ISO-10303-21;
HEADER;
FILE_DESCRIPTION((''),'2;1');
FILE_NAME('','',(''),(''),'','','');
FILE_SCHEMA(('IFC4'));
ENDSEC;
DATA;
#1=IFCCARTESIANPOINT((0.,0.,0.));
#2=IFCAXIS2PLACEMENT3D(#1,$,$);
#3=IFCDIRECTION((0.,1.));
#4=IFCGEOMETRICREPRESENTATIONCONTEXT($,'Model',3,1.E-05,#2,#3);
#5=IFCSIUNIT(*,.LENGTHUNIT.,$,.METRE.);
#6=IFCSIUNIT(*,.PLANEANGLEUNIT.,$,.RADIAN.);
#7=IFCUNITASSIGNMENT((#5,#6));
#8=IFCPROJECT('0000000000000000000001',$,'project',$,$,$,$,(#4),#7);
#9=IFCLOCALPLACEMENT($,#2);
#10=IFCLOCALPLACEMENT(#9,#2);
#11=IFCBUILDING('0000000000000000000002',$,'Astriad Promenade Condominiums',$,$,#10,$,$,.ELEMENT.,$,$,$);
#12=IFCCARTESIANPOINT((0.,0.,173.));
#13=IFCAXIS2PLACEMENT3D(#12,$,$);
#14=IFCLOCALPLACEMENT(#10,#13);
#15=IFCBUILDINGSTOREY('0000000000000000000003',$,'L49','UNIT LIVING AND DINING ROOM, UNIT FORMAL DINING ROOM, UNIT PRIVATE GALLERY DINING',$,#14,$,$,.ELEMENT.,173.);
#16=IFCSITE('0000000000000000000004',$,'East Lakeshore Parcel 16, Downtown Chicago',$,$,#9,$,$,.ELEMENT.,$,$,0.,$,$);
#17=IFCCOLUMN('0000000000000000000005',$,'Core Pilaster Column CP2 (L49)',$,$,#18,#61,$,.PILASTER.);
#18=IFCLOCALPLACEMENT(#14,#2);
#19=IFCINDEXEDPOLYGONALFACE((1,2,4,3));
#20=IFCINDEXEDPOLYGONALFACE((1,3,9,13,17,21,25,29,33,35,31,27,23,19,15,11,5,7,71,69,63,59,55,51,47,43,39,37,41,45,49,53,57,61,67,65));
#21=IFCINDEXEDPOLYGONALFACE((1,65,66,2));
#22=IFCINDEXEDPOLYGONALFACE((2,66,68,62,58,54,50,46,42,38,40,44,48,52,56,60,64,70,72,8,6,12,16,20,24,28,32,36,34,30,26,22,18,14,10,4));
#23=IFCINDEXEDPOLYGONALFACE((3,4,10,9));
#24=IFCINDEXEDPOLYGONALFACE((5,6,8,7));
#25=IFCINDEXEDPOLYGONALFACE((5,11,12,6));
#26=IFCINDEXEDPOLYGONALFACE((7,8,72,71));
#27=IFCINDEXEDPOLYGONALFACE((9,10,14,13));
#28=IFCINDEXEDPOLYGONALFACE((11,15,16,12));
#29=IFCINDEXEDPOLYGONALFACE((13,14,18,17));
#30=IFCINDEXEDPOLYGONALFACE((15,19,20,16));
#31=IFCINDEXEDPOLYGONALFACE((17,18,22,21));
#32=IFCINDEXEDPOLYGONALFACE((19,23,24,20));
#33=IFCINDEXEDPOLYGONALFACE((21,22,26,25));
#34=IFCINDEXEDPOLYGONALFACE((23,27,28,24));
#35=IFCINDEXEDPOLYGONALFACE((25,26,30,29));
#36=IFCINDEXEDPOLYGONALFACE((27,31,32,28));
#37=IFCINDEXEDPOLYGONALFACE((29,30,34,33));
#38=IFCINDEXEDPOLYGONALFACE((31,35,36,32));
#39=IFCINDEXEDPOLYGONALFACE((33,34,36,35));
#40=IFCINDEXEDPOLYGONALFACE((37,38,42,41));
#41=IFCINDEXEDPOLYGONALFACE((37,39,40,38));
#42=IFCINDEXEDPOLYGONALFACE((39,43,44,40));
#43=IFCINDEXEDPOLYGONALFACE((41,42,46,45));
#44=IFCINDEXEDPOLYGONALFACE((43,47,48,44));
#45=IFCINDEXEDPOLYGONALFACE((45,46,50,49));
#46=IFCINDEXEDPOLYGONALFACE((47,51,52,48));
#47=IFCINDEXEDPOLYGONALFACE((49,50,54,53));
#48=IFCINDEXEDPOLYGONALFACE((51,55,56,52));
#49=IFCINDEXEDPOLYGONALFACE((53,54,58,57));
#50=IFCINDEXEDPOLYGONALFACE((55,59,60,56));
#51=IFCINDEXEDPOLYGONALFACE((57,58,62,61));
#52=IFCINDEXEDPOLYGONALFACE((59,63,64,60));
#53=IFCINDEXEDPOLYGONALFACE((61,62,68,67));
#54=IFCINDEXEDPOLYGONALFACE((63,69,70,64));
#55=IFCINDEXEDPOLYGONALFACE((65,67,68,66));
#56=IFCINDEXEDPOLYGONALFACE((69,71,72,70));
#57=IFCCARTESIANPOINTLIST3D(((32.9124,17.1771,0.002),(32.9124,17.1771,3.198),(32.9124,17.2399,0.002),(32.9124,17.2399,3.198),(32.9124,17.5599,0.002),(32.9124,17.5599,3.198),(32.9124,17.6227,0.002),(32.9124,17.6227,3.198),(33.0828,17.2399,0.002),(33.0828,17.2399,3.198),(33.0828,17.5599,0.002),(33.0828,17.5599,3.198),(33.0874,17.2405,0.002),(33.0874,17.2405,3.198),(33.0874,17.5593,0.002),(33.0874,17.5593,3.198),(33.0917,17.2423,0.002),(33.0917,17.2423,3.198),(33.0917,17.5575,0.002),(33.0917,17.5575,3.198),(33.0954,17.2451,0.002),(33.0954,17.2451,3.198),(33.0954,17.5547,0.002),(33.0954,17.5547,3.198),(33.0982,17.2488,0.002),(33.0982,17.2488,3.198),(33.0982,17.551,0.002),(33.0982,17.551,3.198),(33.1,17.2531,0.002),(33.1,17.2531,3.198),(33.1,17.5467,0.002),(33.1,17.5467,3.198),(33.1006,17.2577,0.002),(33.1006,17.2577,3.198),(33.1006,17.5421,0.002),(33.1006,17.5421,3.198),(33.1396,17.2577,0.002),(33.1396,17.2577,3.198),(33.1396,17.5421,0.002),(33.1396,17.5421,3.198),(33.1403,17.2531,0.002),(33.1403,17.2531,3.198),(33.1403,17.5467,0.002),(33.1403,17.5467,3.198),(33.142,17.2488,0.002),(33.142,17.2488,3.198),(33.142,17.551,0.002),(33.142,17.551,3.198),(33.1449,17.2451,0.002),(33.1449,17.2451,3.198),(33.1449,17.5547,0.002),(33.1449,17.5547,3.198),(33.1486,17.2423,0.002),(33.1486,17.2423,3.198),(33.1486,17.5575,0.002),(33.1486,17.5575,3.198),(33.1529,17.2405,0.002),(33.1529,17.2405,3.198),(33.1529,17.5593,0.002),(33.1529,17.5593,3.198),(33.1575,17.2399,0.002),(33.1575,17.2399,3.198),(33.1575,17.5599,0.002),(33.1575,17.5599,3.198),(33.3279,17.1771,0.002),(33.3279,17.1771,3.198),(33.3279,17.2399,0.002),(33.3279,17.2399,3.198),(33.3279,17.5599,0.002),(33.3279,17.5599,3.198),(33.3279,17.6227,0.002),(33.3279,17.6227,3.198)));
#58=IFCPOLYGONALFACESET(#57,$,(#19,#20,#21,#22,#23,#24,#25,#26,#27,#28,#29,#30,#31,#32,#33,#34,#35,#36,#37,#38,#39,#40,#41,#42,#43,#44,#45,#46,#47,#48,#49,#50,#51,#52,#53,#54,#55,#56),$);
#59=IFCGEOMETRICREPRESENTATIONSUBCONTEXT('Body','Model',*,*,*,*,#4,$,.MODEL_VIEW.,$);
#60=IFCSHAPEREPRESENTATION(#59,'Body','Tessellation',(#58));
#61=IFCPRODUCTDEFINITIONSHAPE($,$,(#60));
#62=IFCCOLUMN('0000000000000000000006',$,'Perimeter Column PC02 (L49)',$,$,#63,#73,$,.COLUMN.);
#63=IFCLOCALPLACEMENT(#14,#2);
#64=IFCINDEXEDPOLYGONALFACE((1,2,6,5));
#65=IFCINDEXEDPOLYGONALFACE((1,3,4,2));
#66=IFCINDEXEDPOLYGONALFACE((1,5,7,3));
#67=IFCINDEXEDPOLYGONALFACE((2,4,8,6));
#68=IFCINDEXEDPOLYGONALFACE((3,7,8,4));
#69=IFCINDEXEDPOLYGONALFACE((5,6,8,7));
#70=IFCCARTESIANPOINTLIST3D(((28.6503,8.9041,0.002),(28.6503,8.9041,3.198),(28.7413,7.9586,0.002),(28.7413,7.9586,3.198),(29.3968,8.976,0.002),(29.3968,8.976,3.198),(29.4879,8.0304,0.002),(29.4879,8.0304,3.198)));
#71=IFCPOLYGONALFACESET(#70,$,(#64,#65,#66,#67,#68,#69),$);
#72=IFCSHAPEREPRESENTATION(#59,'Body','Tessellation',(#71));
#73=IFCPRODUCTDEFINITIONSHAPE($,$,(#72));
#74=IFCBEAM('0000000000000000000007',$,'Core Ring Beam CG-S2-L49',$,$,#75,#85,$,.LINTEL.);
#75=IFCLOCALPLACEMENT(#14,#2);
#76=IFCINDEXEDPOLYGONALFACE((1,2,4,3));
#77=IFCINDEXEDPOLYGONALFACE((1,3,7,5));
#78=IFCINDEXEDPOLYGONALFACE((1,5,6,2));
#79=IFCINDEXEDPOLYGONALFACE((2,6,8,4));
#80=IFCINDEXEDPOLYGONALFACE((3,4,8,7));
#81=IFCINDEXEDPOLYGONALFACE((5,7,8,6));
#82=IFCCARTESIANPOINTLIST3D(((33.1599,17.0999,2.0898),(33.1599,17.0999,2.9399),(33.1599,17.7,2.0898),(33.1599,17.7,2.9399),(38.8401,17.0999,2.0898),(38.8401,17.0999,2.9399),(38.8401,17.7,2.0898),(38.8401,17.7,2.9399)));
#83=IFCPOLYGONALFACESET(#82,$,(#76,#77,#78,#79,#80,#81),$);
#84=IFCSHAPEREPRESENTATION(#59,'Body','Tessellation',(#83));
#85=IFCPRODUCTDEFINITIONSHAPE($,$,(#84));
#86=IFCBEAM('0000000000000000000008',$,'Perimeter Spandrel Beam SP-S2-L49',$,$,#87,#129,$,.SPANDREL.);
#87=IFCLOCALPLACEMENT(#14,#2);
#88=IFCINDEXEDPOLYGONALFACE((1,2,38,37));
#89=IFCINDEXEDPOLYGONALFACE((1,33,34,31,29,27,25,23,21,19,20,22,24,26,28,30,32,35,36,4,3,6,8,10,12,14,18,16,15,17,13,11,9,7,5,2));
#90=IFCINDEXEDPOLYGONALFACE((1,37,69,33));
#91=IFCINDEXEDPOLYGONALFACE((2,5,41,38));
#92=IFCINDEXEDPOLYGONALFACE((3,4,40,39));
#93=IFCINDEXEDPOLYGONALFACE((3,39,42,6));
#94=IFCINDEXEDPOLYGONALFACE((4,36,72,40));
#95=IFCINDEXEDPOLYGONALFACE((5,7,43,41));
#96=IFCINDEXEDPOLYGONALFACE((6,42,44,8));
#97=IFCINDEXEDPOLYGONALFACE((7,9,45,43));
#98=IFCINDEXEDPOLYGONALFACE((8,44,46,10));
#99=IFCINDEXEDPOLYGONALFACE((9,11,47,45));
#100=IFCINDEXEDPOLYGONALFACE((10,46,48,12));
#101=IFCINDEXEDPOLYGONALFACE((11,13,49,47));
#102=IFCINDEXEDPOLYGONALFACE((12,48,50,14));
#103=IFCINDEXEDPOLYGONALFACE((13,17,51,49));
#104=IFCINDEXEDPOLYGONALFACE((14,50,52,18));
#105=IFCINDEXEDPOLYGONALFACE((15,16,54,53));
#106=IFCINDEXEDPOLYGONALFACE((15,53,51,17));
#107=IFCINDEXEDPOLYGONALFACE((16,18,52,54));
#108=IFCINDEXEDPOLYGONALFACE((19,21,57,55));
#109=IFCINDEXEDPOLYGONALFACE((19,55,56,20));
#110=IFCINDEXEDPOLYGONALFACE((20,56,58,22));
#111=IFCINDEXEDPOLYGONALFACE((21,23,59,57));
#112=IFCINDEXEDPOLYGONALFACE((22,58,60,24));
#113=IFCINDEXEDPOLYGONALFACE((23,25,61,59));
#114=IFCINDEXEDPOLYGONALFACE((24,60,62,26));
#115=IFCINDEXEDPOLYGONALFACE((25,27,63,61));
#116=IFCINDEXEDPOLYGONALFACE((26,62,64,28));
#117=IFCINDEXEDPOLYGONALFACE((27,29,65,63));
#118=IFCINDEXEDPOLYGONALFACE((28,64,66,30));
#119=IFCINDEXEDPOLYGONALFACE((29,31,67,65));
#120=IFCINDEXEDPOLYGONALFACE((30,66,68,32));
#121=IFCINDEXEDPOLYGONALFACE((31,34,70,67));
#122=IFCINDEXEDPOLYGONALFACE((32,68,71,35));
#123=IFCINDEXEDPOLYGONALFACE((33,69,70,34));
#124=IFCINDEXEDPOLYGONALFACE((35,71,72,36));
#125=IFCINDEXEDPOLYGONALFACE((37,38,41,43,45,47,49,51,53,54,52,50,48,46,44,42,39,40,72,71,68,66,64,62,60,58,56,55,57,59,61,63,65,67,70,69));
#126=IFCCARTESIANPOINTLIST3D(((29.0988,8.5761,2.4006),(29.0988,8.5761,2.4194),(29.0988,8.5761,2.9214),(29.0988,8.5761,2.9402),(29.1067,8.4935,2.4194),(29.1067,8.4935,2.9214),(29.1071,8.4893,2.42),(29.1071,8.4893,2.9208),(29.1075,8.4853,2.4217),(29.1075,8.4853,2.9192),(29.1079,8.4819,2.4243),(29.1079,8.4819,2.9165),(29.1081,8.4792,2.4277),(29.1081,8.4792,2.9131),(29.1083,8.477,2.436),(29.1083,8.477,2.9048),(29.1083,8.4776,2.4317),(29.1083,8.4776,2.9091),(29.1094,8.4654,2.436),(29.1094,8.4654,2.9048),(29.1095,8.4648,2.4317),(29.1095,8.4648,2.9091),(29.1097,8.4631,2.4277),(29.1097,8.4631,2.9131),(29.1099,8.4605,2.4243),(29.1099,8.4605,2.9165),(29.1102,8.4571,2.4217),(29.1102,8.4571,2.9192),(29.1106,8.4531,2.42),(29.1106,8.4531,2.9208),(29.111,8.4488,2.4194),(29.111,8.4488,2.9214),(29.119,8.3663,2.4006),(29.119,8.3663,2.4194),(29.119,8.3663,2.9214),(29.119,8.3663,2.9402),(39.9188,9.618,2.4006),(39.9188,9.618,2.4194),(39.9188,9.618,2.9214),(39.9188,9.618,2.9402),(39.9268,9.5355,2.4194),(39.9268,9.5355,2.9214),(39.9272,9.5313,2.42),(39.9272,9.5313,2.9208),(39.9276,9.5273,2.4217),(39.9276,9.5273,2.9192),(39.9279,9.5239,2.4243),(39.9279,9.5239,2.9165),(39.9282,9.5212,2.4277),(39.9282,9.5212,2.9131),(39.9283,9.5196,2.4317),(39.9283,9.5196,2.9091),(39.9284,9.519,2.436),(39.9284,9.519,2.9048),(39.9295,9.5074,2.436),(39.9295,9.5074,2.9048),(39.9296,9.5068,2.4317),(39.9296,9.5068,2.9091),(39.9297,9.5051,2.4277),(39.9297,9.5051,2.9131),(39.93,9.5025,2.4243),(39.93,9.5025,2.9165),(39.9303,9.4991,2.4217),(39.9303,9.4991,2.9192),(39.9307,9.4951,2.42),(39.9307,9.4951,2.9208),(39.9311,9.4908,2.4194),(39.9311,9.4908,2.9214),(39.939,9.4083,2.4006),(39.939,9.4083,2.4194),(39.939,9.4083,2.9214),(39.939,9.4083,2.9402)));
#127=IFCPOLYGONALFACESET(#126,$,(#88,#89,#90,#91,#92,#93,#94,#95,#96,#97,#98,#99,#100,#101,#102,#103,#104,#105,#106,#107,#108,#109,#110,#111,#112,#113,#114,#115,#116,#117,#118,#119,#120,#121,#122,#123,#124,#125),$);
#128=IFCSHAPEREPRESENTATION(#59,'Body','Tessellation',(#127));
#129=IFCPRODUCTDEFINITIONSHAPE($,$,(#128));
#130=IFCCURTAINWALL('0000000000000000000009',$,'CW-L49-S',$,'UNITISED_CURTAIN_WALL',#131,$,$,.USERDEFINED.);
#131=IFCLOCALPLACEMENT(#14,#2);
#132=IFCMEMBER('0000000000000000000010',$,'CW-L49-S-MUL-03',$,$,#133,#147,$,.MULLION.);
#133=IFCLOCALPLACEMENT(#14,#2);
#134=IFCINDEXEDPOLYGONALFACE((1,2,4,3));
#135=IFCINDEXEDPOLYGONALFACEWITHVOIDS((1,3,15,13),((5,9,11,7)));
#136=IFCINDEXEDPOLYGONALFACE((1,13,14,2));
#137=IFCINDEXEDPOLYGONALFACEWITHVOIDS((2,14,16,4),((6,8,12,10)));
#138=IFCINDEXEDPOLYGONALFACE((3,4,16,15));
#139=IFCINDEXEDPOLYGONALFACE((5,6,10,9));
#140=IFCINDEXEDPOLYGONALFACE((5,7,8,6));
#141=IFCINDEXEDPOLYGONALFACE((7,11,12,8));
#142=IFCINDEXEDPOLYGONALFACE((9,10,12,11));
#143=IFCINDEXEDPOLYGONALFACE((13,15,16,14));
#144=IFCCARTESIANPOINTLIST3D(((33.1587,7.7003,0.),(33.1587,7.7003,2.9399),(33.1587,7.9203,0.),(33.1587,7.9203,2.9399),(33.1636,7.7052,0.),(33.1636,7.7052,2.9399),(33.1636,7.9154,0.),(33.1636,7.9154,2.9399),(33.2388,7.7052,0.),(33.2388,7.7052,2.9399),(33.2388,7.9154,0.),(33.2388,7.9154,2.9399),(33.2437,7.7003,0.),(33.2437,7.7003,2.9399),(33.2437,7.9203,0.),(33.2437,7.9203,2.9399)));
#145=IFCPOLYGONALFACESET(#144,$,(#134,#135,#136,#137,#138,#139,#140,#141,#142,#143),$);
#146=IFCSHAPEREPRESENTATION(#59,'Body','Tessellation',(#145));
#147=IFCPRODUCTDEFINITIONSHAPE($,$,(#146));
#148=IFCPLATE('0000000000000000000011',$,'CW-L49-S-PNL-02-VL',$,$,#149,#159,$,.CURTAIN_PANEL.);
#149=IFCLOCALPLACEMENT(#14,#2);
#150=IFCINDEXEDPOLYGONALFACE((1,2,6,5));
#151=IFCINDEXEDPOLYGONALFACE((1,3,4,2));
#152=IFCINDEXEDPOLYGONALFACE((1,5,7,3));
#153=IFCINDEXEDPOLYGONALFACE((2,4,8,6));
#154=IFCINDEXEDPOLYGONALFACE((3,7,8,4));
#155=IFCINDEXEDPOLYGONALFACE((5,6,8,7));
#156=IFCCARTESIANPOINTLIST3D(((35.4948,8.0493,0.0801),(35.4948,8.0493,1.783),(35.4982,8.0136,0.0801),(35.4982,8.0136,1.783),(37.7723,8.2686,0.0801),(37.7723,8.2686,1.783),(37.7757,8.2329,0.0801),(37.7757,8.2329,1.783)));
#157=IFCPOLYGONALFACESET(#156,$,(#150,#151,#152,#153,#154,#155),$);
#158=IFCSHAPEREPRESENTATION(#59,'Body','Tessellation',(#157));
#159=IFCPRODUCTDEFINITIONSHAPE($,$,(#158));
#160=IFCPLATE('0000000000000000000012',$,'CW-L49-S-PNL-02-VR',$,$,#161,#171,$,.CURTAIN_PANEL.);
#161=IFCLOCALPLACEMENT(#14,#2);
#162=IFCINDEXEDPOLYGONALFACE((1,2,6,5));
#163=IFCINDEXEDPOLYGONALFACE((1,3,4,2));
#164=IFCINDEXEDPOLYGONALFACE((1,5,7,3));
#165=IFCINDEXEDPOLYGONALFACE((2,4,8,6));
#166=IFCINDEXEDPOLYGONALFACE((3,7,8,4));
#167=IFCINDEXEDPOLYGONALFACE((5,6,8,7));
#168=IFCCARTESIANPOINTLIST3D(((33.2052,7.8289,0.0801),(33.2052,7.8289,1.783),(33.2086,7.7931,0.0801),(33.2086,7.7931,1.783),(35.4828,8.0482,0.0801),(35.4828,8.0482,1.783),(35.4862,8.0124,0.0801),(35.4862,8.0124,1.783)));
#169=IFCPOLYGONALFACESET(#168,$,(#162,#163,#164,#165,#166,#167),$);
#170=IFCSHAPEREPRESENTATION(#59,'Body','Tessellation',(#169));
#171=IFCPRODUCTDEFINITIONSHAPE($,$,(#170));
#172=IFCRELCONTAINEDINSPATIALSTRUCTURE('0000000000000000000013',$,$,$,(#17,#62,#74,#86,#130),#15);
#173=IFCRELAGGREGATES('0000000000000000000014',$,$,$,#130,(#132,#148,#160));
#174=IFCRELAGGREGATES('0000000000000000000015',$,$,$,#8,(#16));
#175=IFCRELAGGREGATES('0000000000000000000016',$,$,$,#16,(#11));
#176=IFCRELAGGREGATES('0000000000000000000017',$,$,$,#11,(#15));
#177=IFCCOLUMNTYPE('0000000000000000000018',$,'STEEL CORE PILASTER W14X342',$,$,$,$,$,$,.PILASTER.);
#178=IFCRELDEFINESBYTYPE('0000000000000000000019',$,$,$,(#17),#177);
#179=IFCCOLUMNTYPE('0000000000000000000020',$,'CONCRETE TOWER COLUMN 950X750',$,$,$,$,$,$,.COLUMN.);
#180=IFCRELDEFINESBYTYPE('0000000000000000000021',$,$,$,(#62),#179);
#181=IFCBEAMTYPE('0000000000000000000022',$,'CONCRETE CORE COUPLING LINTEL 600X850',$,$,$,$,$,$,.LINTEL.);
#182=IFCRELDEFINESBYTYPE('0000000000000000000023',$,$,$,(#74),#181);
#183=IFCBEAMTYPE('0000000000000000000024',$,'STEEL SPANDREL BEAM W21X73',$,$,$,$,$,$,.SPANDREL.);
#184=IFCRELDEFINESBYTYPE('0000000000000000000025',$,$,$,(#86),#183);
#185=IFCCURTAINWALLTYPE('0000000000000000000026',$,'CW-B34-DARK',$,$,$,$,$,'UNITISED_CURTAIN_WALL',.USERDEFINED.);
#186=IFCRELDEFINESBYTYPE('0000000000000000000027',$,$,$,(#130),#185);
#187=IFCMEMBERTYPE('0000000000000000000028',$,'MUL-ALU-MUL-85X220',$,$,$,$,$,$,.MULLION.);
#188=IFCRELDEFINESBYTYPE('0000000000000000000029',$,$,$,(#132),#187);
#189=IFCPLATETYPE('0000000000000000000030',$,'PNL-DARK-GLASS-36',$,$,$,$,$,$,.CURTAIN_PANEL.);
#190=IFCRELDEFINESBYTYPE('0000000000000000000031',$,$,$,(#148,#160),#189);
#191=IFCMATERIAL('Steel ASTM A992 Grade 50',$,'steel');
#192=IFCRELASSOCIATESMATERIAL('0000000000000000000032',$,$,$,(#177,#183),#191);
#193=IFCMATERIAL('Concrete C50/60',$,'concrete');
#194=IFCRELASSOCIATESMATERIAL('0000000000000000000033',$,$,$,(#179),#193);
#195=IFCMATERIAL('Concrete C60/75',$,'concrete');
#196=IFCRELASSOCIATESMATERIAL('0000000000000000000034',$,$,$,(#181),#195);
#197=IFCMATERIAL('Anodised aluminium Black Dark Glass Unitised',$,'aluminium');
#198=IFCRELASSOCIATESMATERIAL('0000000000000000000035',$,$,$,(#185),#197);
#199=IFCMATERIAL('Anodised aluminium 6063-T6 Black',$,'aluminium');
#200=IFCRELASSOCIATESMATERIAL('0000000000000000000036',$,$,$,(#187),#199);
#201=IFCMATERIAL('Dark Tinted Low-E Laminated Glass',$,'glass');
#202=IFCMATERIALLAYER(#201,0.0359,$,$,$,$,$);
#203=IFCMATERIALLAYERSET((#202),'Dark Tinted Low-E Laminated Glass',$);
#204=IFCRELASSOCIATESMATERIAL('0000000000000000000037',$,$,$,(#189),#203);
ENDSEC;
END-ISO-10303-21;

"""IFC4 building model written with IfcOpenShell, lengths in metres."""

from ifc_helpers import new_model, si_unit, direction, frame, origin, origin_2d, place, context, subcontext, project, spatial, rectangle, hollow_rectangle, i_section, extrude, source, transform, mapped, material, layer, layer_set, material_profile, profile_set, type_object, type_shapes, element, aggregate, save


model = new_model("IFC4")

# Units and contexts
model_context = context("Model", 3, precision=1e-05, world=origin(), true_north=direction((0.0, 1.0)))
body_context = subcontext(model_context, "Body", "Model", "MODEL_VIEW")
ifc_project = project(units=[si_unit("LENGTHUNIT", "METRE"), si_unit("PLANEANGLEUNIT", "RADIAN")], contexts=[model_context])

# Site, building, storey
site_placement = place(None, origin())
site = spatial("IfcSite", under=ifc_project, at=site_placement, Name="East Lakeshore Parcel 16, Downtown Chicago", CompositionType="ELEMENT", RefElevation=0.0)
building_placement = place(site_placement, origin())
building = spatial("IfcBuilding", under=site, at=building_placement, Name="Astriad Promenade Condominiums", CompositionType="ELEMENT")
storey_placement = place(building_placement, frame((0.0, 0.0, 173.0)))
storey = spatial("IfcBuildingStorey", under=building, at=storey_placement, Name="L49", Description="UNIT LIVING AND DINING ROOM, UNIT FORMAL DINING ROOM, UNIT PRIVATE GALLERY DINING", CompositionType="ELEMENT", Elevation=173.0)

# Columns
ifc_material_1 = material(Name="Steel ASTM A992 Grade 50", Category="steel")
ifc_material_profile_1 = material_profile(ifc_material_1, i_section(OverallWidth=0.4155, OverallDepth=0.4456, WebThickness=0.0391, FlangeThickness=0.0627, FilletRadius=0.0178, at=origin_2d()), Name="W14X342")
ifc_profile_set_1 = profile_set([ifc_material_profile_1], Name="Steel ASTM A992 Grade 50")
column_type_1 = type_object("IfcColumnType", Name="STEEL CORE PILASTER W14X342", PredefinedType="PILASTER", material=ifc_profile_set_1)
shared_shape_1 = source(origin(), body_context, "Body", "SweptSolid", [
    extrude(i_section(OverallWidth=0.4155, OverallDepth=0.4456, WebThickness=0.0391, FlangeThickness=0.0627, FilletRadius=0.0178, at=origin_2d()), origin(), (0.0, 0.0, 1.0), 3.196),
])
type_shapes(column_type_1, [shared_shape_1])
column_1_placement = place(storey_placement, frame((33.1201, 17.3999, 0.002), z_axis=(0.0, 0.0, 1.0), x_axis=(1.0, 0.0, 0.0)))
element("IfcColumn", 1, at=column_1_placement, inside=storey, type_object=column_type_1, Name="Core Pilaster Column CP2 (L49)", PredefinedType="PILASTER", context=body_context, shape_type="MappedRepresentation", body=[
    mapped(shared_shape_1, transform((0.0, 0.0, 0.0), scale=1.0)),
])
ifc_material_2 = material(Name="Concrete C50/60", Category="concrete")
ifc_material_profile_2 = material_profile(ifc_material_2, rectangle(XDim=0.75, YDim=0.95, at=origin_2d()), Name="RC-COL-950X750")
ifc_profile_set_2 = profile_set([ifc_material_profile_2], Name="Concrete C50/60")
column_type_2 = type_object("IfcColumnType", Name="CONCRETE TOWER COLUMN 950X750", PredefinedType="COLUMN", material=ifc_profile_set_2)
shared_shape_2 = source(origin(), body_context, "Body", "SweptSolid", [
    extrude(rectangle(XDim=0.75, YDim=0.95, at=origin_2d()), origin(), (0.0, 0.0, 1.0), 3.196),
])
type_shapes(column_type_2, [shared_shape_2])
column_2_placement = place(storey_placement, frame((29.0691, 8.4673, 0.002), z_axis=(0.0, 0.0, 1.0), x_axis=(0.995396, 0.095846, 0.0)))
element("IfcColumn", 2, at=column_2_placement, inside=storey, type_object=column_type_2, Name="Perimeter Column PC02 (L49)", PredefinedType="COLUMN", context=body_context, shape_type="MappedRepresentation", body=[
    mapped(shared_shape_2, transform((0.0, 0.0, 0.0), scale=1.0)),
])

# Beams
ifc_material_3 = material(Name="Concrete C60/75", Category="concrete")
ifc_material_profile_3 = material_profile(ifc_material_3, rectangle(XDim=0.6001, YDim=0.8501, at=origin_2d()), Name="RC-BM-600X850")
ifc_profile_set_3 = profile_set([ifc_material_profile_3], Name="Concrete C60/75")
beam_type_1 = type_object("IfcBeamType", Name="CONCRETE CORE COUPLING LINTEL 600X850", PredefinedType="LINTEL", material=ifc_profile_set_3)
shared_shape_3 = source(origin(), body_context, "Body", "SweptSolid", [
    extrude(rectangle(XDim=0.6001, YDim=0.8501, at=origin_2d()), origin(), (0.0, 0.0, 1.0), 5.6802),
])
type_shapes(beam_type_1, [shared_shape_3])
beam_1_placement = place(storey_placement, frame((33.1599, 17.3999, 2.5149), z_axis=(1.0, 0.0, 0.0), x_axis=(0.0, 1.0, 0.0)))
element("IfcBeam", 3, at=beam_1_placement, inside=storey, type_object=beam_type_1, Name="Core Ring Beam CG-S2-L49", PredefinedType="LINTEL", context=body_context, shape_type="MappedRepresentation", body=[
    mapped(shared_shape_3, transform((0.0, 0.0, 0.0), scale=1.0)),
])
ifc_material_profile_4 = material_profile(ifc_material_1, i_section(OverallWidth=0.2107, OverallDepth=0.5396, WebThickness=0.0117, FlangeThickness=0.0188, FilletRadius=0.0166, at=origin_2d()), Name="W21X73")
ifc_profile_set_4 = profile_set([ifc_material_profile_4], Name="Steel ASTM A992 Grade 50")
beam_type_2 = type_object("IfcBeamType", Name="STEEL SPANDREL BEAM W21X73", PredefinedType="SPANDREL", material=ifc_profile_set_4)
shared_shape_4 = source(origin(), body_context, "Body", "SweptSolid", [
    extrude(i_section(OverallWidth=0.2107, OverallDepth=0.5396, WebThickness=0.0117, FlangeThickness=0.0188, FilletRadius=0.0166, at=origin_2d()), origin(), (0.0, 0.0, 1.0), 10.8701),
])
type_shapes(beam_type_2, [shared_shape_4])
beam_2_placement = place(storey_placement, frame((29.1089, 8.4712, 2.6704), z_axis=(0.995395, 0.095858, 0.0), x_axis=(-0.095858, 0.995395, 0.0)))
element("IfcBeam", 4, at=beam_2_placement, inside=storey, type_object=beam_type_2, Name="Perimeter Spandrel Beam SP-S2-L49", PredefinedType="SPANDREL", context=body_context, shape_type="MappedRepresentation", body=[
    mapped(shared_shape_4, transform((0.0, 0.0, 0.0), scale=1.0)),
])

# Curtain wall, member, plates
ifc_material_4 = material(Name="Anodised aluminium Black Dark Glass Unitised", Category="aluminium")
curtain_wall_type = type_object("IfcCurtainWallType", Name="CW-B34-DARK", ElementType="UNITISED_CURTAIN_WALL", PredefinedType="USERDEFINED", material=ifc_material_4)
curtain_wall_placement = place(storey_placement, origin())
curtain_wall = element("IfcCurtainWall", 5, at=curtain_wall_placement, inside=storey, type_object=curtain_wall_type, Name="CW-L49-S", ObjectType="UNITISED_CURTAIN_WALL", PredefinedType="USERDEFINED")
ifc_material_5 = material(Name="Anodised aluminium 6063-T6 Black", Category="aluminium")
ifc_material_profile_5 = material_profile(ifc_material_5, hollow_rectangle(XDim=0.085, YDim=0.22, WallThickness=0.0049, at=origin_2d()), Name="ALU-MUL-85X220")
ifc_profile_set_5 = profile_set([ifc_material_profile_5], Name="Anodised aluminium 6063-T6 Black")
member_type = type_object("IfcMemberType", Name="MUL-ALU-MUL-85X220", PredefinedType="MULLION", material=ifc_profile_set_5)
shared_shape_5 = source(origin(), body_context, "Body", "SweptSolid", [
    extrude(hollow_rectangle(XDim=0.085, YDim=0.22, WallThickness=0.0049, at=origin_2d()), origin(), (0.0, 0.0, 1.0), 2.9399),
])
type_shapes(member_type, [shared_shape_5])
member_placement = place(storey_placement, frame((33.2012, 7.8103, 0.0), z_axis=(0.0, 0.0, 1.0), x_axis=(1.0, 0.0, 0.0)))
member = element("IfcMember", 6, at=member_placement, type_object=member_type, Name="CW-L49-S-MUL-03", PredefinedType="MULLION", context=body_context, shape_type="MappedRepresentation", body=[
    mapped(shared_shape_5, transform((0.0, 0.0, 0.0), scale=1.0)),
])
ifc_material_6 = material(Name="Dark Tinted Low-E Laminated Glass", Category="glass")
ifc_layer_1 = layer(ifc_material_6, 0.0359)
ifc_layer_set_1 = layer_set([ifc_layer_1], Name="Dark Tinted Low-E Laminated Glass")
plate_type = type_object("IfcPlateType", Name="PNL-DARK-GLASS-36", PredefinedType="CURTAIN_PANEL", material=ifc_layer_set_1)
shared_shape_6 = source(origin(), body_context, "Body", "SweptSolid", [
    extrude(rectangle(XDim=2.2881, YDim=0.0359, at=origin_2d()), origin(), (0.0, 0.0, 1.0), 1.7029),
])
plate_1_placement = place(storey_placement, frame((36.6353, 8.1411, 0.0801), z_axis=(0.0, 0.0, 1.0), x_axis=(-0.995396, -0.095846, 0.0)))
plate_1 = element("IfcPlate", 7, at=plate_1_placement, type_object=plate_type, Name="CW-L49-S-PNL-02-VL", PredefinedType="CURTAIN_PANEL", context=body_context, shape_type="MappedRepresentation", body=[
    mapped(shared_shape_6, transform((0.0, 0.0, 0.0), scale=1.0)),
])
plate_2_placement = place(storey_placement, frame((34.3457, 7.9207, 0.0801), z_axis=(0.0, 0.0, 1.0), x_axis=(-0.995396, -0.095846, 0.0)))
plate_2 = element("IfcPlate", 8, at=plate_2_placement, type_object=plate_type, Name="CW-L49-S-PNL-02-VR", PredefinedType="CURTAIN_PANEL", context=body_context, shape_type="MappedRepresentation", body=[
    mapped(shared_shape_6, transform((0.0, 0.0, 0.0), scale=1.0)),
])
aggregate(curtain_wall, [member, plate_1, plate_2])

save(model, "model.ifc")
